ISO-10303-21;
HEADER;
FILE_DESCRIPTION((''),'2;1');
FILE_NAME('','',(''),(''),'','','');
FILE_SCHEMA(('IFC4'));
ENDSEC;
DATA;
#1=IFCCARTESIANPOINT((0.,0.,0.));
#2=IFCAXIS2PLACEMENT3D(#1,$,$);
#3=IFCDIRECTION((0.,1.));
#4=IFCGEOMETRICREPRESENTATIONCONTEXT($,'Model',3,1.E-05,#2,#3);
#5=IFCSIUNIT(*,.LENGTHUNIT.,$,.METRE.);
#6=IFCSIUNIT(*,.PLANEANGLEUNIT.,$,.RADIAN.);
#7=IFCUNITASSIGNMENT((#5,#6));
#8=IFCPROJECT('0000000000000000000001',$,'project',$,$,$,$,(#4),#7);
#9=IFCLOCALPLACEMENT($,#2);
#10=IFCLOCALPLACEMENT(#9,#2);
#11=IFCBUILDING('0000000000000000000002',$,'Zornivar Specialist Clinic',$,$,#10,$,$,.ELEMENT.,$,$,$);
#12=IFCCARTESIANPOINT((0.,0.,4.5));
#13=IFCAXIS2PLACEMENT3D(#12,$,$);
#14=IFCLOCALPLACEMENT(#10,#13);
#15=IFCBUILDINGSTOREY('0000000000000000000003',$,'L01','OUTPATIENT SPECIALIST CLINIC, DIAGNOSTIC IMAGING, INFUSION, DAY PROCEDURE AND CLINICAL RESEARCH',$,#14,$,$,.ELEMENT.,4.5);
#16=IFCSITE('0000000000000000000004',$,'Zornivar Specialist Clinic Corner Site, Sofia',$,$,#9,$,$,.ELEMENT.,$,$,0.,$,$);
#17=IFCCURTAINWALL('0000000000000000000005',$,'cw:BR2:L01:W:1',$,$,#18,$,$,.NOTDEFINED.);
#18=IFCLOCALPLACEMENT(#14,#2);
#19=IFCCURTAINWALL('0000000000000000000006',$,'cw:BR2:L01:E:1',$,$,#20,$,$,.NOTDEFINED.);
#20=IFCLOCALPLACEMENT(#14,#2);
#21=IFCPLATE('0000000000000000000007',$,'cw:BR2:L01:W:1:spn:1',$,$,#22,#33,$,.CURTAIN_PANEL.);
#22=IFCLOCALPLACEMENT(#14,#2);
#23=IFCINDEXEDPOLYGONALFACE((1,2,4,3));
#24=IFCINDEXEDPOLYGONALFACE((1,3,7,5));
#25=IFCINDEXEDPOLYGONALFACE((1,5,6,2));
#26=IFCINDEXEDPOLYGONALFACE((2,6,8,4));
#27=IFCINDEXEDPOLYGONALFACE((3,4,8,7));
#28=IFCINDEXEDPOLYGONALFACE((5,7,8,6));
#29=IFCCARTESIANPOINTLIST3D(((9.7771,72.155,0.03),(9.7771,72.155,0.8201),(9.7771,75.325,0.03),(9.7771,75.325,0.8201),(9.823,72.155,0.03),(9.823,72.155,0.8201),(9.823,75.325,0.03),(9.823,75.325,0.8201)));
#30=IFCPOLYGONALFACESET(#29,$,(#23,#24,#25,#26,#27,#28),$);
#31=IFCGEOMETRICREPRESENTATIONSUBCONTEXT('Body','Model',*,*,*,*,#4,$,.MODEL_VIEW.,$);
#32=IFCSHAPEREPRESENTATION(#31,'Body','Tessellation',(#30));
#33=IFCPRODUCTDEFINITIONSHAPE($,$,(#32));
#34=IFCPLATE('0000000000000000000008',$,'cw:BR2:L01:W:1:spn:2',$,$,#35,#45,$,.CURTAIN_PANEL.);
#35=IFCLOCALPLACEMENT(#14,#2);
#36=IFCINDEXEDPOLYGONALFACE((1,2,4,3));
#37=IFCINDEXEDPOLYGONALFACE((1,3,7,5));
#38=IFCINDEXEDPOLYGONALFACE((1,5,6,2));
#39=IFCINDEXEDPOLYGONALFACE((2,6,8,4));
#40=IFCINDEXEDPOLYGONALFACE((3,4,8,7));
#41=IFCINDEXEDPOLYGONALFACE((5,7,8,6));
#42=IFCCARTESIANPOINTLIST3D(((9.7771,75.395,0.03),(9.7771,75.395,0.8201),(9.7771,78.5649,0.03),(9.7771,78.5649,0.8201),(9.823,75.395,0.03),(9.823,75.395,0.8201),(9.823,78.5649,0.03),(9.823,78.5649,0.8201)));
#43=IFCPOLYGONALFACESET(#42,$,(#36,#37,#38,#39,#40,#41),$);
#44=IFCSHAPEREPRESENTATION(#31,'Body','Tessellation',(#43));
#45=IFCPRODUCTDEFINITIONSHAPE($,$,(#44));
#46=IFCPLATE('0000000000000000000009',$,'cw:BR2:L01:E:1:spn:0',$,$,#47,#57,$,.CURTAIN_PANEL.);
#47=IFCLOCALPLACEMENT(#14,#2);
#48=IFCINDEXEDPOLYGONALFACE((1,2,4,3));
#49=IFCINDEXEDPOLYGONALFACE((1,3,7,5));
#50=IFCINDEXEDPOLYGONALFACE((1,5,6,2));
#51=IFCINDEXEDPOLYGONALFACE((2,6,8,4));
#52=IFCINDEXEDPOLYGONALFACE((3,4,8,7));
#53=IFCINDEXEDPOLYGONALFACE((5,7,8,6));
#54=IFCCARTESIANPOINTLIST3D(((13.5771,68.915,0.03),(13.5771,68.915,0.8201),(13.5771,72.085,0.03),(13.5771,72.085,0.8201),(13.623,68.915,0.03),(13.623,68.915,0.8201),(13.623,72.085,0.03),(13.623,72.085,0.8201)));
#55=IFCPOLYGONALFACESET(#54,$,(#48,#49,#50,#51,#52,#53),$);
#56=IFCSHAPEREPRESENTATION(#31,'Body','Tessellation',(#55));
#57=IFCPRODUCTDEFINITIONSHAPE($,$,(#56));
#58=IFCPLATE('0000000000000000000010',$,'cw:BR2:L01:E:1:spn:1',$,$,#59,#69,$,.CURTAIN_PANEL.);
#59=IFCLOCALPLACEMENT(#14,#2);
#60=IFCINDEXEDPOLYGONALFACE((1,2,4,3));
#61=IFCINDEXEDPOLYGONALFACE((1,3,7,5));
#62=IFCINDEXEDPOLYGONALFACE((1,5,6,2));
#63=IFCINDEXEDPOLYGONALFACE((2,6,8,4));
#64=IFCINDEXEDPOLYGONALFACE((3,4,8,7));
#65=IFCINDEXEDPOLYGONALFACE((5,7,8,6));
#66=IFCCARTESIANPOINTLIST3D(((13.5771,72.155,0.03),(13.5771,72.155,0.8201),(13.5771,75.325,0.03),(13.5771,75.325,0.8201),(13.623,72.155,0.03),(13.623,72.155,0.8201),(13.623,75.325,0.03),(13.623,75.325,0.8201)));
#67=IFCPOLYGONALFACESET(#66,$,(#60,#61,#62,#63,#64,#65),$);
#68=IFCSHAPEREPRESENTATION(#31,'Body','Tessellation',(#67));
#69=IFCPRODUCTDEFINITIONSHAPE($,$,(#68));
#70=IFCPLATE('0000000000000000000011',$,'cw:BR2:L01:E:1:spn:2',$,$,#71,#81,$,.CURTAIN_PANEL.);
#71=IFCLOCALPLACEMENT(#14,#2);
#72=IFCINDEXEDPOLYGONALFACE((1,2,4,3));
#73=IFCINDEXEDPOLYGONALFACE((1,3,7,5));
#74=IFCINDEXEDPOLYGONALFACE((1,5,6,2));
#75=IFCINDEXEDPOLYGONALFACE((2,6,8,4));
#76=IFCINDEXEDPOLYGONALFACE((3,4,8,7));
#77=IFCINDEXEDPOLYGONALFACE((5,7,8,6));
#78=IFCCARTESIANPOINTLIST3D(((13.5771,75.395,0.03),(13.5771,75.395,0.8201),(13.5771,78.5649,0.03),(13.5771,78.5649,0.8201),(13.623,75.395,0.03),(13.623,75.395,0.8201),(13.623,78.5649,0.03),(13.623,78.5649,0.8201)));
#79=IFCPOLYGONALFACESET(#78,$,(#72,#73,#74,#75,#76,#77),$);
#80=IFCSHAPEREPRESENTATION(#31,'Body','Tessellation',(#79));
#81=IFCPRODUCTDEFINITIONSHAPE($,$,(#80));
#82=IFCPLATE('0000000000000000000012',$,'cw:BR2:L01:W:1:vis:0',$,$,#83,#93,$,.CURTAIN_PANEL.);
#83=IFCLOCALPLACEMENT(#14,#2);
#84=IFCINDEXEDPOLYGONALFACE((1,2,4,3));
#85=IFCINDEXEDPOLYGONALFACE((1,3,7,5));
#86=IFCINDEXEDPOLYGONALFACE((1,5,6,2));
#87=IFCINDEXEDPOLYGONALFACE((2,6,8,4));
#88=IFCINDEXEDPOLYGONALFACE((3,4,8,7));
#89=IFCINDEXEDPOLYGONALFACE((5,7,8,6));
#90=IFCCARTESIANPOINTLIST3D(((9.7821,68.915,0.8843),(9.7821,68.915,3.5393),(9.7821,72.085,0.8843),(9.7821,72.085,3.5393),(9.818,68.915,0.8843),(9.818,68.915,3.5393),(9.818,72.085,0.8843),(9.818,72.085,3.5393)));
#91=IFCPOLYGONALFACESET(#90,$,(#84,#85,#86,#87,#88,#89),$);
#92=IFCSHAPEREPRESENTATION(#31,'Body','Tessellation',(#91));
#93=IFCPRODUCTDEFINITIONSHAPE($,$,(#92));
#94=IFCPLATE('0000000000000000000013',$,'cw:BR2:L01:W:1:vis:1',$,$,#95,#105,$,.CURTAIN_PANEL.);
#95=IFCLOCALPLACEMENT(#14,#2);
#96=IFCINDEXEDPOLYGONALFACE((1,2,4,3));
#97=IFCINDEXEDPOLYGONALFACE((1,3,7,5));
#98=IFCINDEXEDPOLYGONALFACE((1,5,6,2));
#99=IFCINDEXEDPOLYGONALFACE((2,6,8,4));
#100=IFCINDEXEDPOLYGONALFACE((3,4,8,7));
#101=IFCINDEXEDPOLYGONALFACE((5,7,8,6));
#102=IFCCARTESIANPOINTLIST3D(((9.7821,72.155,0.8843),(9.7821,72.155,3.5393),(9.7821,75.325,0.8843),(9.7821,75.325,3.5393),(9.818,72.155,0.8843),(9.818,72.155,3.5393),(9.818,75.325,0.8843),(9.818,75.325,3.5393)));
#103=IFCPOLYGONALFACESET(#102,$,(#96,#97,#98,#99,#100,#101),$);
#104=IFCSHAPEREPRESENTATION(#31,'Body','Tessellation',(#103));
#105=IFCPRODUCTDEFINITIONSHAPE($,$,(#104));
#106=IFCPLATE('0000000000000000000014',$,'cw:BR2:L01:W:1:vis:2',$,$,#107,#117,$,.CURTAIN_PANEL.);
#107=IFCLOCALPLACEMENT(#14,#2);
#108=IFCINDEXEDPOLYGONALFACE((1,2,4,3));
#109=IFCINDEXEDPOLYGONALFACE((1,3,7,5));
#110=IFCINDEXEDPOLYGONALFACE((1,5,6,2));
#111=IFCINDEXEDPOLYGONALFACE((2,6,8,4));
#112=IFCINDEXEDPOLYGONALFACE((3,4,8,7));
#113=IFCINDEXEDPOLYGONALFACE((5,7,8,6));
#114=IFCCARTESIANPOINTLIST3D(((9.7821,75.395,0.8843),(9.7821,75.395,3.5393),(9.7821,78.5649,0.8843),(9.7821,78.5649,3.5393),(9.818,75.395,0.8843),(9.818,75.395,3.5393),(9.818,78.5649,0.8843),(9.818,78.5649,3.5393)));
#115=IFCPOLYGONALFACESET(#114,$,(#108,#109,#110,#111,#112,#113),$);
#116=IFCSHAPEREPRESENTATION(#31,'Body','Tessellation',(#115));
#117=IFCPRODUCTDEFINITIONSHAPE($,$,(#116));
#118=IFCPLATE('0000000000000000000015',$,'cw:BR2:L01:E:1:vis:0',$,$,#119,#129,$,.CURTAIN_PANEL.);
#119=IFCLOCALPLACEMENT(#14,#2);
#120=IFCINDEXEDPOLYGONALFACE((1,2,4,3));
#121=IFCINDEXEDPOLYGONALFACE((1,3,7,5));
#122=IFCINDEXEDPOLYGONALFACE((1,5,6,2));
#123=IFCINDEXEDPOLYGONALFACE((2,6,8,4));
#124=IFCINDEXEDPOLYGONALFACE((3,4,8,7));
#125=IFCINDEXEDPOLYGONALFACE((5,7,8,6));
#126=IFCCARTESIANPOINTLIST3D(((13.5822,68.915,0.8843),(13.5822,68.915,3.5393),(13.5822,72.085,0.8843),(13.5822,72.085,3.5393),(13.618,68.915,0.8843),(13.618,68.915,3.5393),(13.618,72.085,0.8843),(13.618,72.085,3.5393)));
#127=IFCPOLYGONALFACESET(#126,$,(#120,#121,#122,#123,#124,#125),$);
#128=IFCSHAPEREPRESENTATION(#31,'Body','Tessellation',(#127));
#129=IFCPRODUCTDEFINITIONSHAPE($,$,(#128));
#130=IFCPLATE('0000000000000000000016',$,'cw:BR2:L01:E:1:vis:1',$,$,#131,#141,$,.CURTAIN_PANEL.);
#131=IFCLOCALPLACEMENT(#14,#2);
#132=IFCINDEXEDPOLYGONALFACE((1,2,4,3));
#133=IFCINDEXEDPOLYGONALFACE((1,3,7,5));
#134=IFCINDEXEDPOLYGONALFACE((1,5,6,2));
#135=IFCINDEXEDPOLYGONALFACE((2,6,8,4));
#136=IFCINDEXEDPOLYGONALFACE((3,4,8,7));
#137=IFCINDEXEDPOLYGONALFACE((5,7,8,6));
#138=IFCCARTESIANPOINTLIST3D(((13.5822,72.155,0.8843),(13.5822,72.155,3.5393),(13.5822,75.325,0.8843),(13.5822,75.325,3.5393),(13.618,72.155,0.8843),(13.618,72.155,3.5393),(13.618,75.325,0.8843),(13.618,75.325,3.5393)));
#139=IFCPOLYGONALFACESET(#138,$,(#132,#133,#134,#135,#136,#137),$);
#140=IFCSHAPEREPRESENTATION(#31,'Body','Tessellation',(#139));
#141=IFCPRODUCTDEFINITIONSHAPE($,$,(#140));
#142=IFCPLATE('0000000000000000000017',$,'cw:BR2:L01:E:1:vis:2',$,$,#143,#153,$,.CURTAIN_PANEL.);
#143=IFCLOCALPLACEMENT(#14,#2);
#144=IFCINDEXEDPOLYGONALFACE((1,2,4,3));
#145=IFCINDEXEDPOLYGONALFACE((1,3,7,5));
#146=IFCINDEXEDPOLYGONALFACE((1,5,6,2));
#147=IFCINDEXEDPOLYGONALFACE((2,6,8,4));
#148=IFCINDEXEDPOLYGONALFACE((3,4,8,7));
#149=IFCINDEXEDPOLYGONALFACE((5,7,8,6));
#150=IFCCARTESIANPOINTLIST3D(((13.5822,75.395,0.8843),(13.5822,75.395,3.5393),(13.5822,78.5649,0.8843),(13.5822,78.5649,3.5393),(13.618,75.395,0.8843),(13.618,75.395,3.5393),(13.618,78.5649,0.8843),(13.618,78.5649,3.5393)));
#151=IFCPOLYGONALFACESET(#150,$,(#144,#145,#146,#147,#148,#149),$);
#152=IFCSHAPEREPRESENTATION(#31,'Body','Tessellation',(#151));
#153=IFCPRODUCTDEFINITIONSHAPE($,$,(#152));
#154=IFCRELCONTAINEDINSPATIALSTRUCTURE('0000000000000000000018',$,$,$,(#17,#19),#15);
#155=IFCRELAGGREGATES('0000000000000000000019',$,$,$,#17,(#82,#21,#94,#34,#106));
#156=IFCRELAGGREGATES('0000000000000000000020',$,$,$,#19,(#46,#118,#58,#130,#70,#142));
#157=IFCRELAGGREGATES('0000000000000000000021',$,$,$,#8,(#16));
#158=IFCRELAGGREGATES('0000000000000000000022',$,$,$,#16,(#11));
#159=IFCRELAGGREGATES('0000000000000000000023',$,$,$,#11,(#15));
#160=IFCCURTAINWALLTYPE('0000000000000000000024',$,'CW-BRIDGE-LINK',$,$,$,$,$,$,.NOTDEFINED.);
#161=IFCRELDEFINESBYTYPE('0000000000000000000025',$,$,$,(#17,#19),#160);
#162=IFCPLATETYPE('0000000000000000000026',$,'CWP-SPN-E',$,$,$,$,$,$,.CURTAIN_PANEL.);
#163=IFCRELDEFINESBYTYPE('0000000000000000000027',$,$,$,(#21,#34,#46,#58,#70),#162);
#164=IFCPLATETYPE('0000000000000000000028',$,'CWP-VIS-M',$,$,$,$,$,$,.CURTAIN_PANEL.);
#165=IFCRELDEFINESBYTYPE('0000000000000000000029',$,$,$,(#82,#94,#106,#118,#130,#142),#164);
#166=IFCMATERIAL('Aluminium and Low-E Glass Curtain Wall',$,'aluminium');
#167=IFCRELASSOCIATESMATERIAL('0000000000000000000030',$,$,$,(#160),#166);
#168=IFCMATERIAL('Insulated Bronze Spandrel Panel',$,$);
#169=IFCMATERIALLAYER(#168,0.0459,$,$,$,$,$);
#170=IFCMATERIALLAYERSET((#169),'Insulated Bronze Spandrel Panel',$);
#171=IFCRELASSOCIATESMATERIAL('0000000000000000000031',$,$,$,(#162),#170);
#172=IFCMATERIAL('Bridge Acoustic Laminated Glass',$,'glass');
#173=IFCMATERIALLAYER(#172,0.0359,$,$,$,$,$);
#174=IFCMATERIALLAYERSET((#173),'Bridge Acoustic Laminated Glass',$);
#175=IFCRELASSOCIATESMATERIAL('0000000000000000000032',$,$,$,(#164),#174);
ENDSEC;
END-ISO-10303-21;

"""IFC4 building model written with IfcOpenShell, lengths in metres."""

from ifc_helpers import new_model, si_unit, direction, frame, origin, origin_2d, place, context, subcontext, project, spatial, rectangle, extrude, material, layer, layer_set, type_object, element, aggregate, save


model = new_model("IFC4")

# Units and contexts
model_context = context("Model", 3, precision=1e-05, world=origin(), true_north=direction((0.0, 1.0)))
body_context = subcontext(model_context, "Body", "Model", "MODEL_VIEW")
ifc_project = project(units=[si_unit("LENGTHUNIT", "METRE"), si_unit("PLANEANGLEUNIT", "RADIAN")], contexts=[model_context])

# Site, building, storey
site_placement = place(None, origin())
site = spatial("IfcSite", under=ifc_project, at=site_placement, Name="Zornivar Specialist Clinic Corner Site, Sofia", CompositionType="ELEMENT", RefElevation=0.0)
building_placement = place(site_placement, origin())
building = spatial("IfcBuilding", under=site, at=building_placement, Name="Zornivar Specialist Clinic", CompositionType="ELEMENT")
storey_placement = place(building_placement, frame((0.0, 0.0, 4.5)))
storey = spatial("IfcBuildingStorey", under=building, at=storey_placement, Name="L01", Description="OUTPATIENT SPECIALIST CLINIC, DIAGNOSTIC IMAGING, INFUSION, DAY PROCEDURE AND CLINICAL RESEARCH", CompositionType="ELEMENT", Elevation=4.5)

# Curtain walls
ifc_material_1 = material(Name="Aluminium and Low-E Glass Curtain Wall", Category="aluminium")
curtain_wall_type = type_object("IfcCurtainWallType", Name="CW-BRIDGE-LINK", PredefinedType="NOTDEFINED", material=ifc_material_1)
curtain_wall_1_placement = place(storey_placement, origin())
curtain_wall_1 = element("IfcCurtainWall", 1, at=curtain_wall_1_placement, inside=storey, type_object=curtain_wall_type, Name="cw:BR2:L01:W:1", PredefinedType="NOTDEFINED")
curtain_wall_2_placement = place(storey_placement, origin())
curtain_wall_2 = element("IfcCurtainWall", 2, at=curtain_wall_2_placement, inside=storey, type_object=curtain_wall_type, Name="cw:BR2:L01:E:1", PredefinedType="NOTDEFINED")

# Plates
ifc_material_2 = material(Name="Insulated Bronze Spandrel Panel")
ifc_layer_1 = layer(ifc_material_2, 0.0459)
ifc_layer_set_1 = layer_set([ifc_layer_1], Name="Insulated Bronze Spandrel Panel")
plate_type_1 = type_object("IfcPlateType", Name="CWP-SPN-E", PredefinedType="CURTAIN_PANEL", material=ifc_layer_set_1)
plate_1_placement = place(storey_placement, frame((9.8, 73.74, 0.03), z_axis=(0.0, 0.0, 1.0), x_axis=(0.0, 1.0, 0.0)))
plate_1 = element("IfcPlate", 3, at=plate_1_placement, type_object=plate_type_1, Name="cw:BR2:L01:W:1:spn:1", PredefinedType="CURTAIN_PANEL", context=body_context, shape_type="SweptSolid", body=[
    extrude(rectangle(XDim=3.1699, YDim=0.0459, at=origin_2d()), origin(), (0.0, 0.0, 1.0), 0.79),
])
plate_2_placement = place(storey_placement, frame((9.8, 76.98, 0.03), z_axis=(0.0, 0.0, 1.0), x_axis=(0.0, 1.0, 0.0)))
plate_2 = element("IfcPlate", 4, at=plate_2_placement, type_object=plate_type_1, Name="cw:BR2:L01:W:1:spn:2", PredefinedType="CURTAIN_PANEL", context=body_context, shape_type="SweptSolid", body=[
    extrude(rectangle(XDim=3.1699, YDim=0.0459, at=origin_2d()), origin(), (0.0, 0.0, 1.0), 0.79),
])
plate_3_placement = place(storey_placement, frame((13.6001, 70.5, 0.03), z_axis=(0.0, 0.0, 1.0), x_axis=(0.0, 1.0, 0.0)))
plate_3 = element("IfcPlate", 5, at=plate_3_placement, type_object=plate_type_1, Name="cw:BR2:L01:E:1:spn:0", PredefinedType="CURTAIN_PANEL", context=body_context, shape_type="SweptSolid", body=[
    extrude(rectangle(XDim=3.1699, YDim=0.0459, at=origin_2d()), origin(), (0.0, 0.0, 1.0), 0.79),
])
plate_4_placement = place(storey_placement, frame((13.6001, 73.74, 0.03), z_axis=(0.0, 0.0, 1.0), x_axis=(0.0, 1.0, 0.0)))
plate_4 = element("IfcPlate", 6, at=plate_4_placement, type_object=plate_type_1, Name="cw:BR2:L01:E:1:spn:1", PredefinedType="CURTAIN_PANEL", context=body_context, shape_type="SweptSolid", body=[
    extrude(rectangle(XDim=3.1699, YDim=0.0459, at=origin_2d()), origin(), (0.0, 0.0, 1.0), 0.79),
])
plate_5_placement = place(storey_placement, frame((13.6001, 76.98, 0.03), z_axis=(0.0, 0.0, 1.0), x_axis=(0.0, 1.0, 0.0)))
plate_5 = element("IfcPlate", 7, at=plate_5_placement, type_object=plate_type_1, Name="cw:BR2:L01:E:1:spn:2", PredefinedType="CURTAIN_PANEL", context=body_context, shape_type="SweptSolid", body=[
    extrude(rectangle(XDim=3.1699, YDim=0.0459, at=origin_2d()), origin(), (0.0, 0.0, 1.0), 0.79),
])
ifc_material_3 = material(Name="Bridge Acoustic Laminated Glass", Category="glass")
ifc_layer_2 = layer(ifc_material_3, 0.0359)
ifc_layer_set_2 = layer_set([ifc_layer_2], Name="Bridge Acoustic Laminated Glass")
plate_type_2 = type_object("IfcPlateType", Name="CWP-VIS-M", PredefinedType="CURTAIN_PANEL", material=ifc_layer_set_2)
plate_6_placement = place(storey_placement, frame((9.8, 70.5, 0.8843), z_axis=(0.0, 0.0, 1.0), x_axis=(0.0, 1.0, 0.0)))
plate_6 = element("IfcPlate", 8, at=plate_6_placement, type_object=plate_type_2, Name="cw:BR2:L01:W:1:vis:0", PredefinedType="CURTAIN_PANEL", context=body_context, shape_type="SweptSolid", body=[
    extrude(rectangle(XDim=3.1699, YDim=0.0359, at=origin_2d()), origin(), (0.0, 0.0, 1.0), 2.655),
])
plate_7_placement = place(storey_placement, frame((9.8, 73.74, 0.8843), z_axis=(0.0, 0.0, 1.0), x_axis=(0.0, 1.0, 0.0)))
plate_7 = element("IfcPlate", 9, at=plate_7_placement, type_object=plate_type_2, Name="cw:BR2:L01:W:1:vis:1", PredefinedType="CURTAIN_PANEL", context=body_context, shape_type="SweptSolid", body=[
    extrude(rectangle(XDim=3.1699, YDim=0.0359, at=origin_2d()), origin(), (0.0, 0.0, 1.0), 2.655),
])
plate_8_placement = place(storey_placement, frame((9.8, 76.98, 0.8843), z_axis=(0.0, 0.0, 1.0), x_axis=(0.0, 1.0, 0.0)))
plate_8 = element("IfcPlate", 10, at=plate_8_placement, type_object=plate_type_2, Name="cw:BR2:L01:W:1:vis:2", PredefinedType="CURTAIN_PANEL", context=body_context, shape_type="SweptSolid", body=[
    extrude(rectangle(XDim=3.1699, YDim=0.0359, at=origin_2d()), origin(), (0.0, 0.0, 1.0), 2.655),
])
aggregate(curtain_wall_1, [plate_6, plate_1, plate_7, plate_2, plate_8])
plate_9_placement = place(storey_placement, frame((13.6001, 70.5, 0.8843), z_axis=(0.0, 0.0, 1.0), x_axis=(0.0, 1.0, 0.0)))
plate_9 = element("IfcPlate", 11, at=plate_9_placement, type_object=plate_type_2, Name="cw:BR2:L01:E:1:vis:0", PredefinedType="CURTAIN_PANEL", context=body_context, shape_type="SweptSolid", body=[
    extrude(rectangle(XDim=3.1699, YDim=0.0359, at=origin_2d()), origin(), (0.0, 0.0, 1.0), 2.655),
])
plate_10_placement = place(storey_placement, frame((13.6001, 73.74, 0.8843), z_axis=(0.0, 0.0, 1.0), x_axis=(0.0, 1.0, 0.0)))
plate_10 = element("IfcPlate", 12, at=plate_10_placement, type_object=plate_type_2, Name="cw:BR2:L01:E:1:vis:1", PredefinedType="CURTAIN_PANEL", context=body_context, shape_type="SweptSolid", body=[
    extrude(rectangle(XDim=3.1699, YDim=0.0359, at=origin_2d()), origin(), (0.0, 0.0, 1.0), 2.655),
])
plate_11_placement = place(storey_placement, frame((13.6001, 76.98, 0.8843), z_axis=(0.0, 0.0, 1.0), x_axis=(0.0, 1.0, 0.0)))
plate_11 = element("IfcPlate", 13, at=plate_11_placement, type_object=plate_type_2, Name="cw:BR2:L01:E:1:vis:2", PredefinedType="CURTAIN_PANEL", context=body_context, shape_type="SweptSolid", body=[
    extrude(rectangle(XDim=3.1699, YDim=0.0359, at=origin_2d()), origin(), (0.0, 0.0, 1.0), 2.655),
])
aggregate(curtain_wall_2, [plate_3, plate_9, plate_4, plate_10, plate_5, plate_11])

save(model, "model.ifc")
